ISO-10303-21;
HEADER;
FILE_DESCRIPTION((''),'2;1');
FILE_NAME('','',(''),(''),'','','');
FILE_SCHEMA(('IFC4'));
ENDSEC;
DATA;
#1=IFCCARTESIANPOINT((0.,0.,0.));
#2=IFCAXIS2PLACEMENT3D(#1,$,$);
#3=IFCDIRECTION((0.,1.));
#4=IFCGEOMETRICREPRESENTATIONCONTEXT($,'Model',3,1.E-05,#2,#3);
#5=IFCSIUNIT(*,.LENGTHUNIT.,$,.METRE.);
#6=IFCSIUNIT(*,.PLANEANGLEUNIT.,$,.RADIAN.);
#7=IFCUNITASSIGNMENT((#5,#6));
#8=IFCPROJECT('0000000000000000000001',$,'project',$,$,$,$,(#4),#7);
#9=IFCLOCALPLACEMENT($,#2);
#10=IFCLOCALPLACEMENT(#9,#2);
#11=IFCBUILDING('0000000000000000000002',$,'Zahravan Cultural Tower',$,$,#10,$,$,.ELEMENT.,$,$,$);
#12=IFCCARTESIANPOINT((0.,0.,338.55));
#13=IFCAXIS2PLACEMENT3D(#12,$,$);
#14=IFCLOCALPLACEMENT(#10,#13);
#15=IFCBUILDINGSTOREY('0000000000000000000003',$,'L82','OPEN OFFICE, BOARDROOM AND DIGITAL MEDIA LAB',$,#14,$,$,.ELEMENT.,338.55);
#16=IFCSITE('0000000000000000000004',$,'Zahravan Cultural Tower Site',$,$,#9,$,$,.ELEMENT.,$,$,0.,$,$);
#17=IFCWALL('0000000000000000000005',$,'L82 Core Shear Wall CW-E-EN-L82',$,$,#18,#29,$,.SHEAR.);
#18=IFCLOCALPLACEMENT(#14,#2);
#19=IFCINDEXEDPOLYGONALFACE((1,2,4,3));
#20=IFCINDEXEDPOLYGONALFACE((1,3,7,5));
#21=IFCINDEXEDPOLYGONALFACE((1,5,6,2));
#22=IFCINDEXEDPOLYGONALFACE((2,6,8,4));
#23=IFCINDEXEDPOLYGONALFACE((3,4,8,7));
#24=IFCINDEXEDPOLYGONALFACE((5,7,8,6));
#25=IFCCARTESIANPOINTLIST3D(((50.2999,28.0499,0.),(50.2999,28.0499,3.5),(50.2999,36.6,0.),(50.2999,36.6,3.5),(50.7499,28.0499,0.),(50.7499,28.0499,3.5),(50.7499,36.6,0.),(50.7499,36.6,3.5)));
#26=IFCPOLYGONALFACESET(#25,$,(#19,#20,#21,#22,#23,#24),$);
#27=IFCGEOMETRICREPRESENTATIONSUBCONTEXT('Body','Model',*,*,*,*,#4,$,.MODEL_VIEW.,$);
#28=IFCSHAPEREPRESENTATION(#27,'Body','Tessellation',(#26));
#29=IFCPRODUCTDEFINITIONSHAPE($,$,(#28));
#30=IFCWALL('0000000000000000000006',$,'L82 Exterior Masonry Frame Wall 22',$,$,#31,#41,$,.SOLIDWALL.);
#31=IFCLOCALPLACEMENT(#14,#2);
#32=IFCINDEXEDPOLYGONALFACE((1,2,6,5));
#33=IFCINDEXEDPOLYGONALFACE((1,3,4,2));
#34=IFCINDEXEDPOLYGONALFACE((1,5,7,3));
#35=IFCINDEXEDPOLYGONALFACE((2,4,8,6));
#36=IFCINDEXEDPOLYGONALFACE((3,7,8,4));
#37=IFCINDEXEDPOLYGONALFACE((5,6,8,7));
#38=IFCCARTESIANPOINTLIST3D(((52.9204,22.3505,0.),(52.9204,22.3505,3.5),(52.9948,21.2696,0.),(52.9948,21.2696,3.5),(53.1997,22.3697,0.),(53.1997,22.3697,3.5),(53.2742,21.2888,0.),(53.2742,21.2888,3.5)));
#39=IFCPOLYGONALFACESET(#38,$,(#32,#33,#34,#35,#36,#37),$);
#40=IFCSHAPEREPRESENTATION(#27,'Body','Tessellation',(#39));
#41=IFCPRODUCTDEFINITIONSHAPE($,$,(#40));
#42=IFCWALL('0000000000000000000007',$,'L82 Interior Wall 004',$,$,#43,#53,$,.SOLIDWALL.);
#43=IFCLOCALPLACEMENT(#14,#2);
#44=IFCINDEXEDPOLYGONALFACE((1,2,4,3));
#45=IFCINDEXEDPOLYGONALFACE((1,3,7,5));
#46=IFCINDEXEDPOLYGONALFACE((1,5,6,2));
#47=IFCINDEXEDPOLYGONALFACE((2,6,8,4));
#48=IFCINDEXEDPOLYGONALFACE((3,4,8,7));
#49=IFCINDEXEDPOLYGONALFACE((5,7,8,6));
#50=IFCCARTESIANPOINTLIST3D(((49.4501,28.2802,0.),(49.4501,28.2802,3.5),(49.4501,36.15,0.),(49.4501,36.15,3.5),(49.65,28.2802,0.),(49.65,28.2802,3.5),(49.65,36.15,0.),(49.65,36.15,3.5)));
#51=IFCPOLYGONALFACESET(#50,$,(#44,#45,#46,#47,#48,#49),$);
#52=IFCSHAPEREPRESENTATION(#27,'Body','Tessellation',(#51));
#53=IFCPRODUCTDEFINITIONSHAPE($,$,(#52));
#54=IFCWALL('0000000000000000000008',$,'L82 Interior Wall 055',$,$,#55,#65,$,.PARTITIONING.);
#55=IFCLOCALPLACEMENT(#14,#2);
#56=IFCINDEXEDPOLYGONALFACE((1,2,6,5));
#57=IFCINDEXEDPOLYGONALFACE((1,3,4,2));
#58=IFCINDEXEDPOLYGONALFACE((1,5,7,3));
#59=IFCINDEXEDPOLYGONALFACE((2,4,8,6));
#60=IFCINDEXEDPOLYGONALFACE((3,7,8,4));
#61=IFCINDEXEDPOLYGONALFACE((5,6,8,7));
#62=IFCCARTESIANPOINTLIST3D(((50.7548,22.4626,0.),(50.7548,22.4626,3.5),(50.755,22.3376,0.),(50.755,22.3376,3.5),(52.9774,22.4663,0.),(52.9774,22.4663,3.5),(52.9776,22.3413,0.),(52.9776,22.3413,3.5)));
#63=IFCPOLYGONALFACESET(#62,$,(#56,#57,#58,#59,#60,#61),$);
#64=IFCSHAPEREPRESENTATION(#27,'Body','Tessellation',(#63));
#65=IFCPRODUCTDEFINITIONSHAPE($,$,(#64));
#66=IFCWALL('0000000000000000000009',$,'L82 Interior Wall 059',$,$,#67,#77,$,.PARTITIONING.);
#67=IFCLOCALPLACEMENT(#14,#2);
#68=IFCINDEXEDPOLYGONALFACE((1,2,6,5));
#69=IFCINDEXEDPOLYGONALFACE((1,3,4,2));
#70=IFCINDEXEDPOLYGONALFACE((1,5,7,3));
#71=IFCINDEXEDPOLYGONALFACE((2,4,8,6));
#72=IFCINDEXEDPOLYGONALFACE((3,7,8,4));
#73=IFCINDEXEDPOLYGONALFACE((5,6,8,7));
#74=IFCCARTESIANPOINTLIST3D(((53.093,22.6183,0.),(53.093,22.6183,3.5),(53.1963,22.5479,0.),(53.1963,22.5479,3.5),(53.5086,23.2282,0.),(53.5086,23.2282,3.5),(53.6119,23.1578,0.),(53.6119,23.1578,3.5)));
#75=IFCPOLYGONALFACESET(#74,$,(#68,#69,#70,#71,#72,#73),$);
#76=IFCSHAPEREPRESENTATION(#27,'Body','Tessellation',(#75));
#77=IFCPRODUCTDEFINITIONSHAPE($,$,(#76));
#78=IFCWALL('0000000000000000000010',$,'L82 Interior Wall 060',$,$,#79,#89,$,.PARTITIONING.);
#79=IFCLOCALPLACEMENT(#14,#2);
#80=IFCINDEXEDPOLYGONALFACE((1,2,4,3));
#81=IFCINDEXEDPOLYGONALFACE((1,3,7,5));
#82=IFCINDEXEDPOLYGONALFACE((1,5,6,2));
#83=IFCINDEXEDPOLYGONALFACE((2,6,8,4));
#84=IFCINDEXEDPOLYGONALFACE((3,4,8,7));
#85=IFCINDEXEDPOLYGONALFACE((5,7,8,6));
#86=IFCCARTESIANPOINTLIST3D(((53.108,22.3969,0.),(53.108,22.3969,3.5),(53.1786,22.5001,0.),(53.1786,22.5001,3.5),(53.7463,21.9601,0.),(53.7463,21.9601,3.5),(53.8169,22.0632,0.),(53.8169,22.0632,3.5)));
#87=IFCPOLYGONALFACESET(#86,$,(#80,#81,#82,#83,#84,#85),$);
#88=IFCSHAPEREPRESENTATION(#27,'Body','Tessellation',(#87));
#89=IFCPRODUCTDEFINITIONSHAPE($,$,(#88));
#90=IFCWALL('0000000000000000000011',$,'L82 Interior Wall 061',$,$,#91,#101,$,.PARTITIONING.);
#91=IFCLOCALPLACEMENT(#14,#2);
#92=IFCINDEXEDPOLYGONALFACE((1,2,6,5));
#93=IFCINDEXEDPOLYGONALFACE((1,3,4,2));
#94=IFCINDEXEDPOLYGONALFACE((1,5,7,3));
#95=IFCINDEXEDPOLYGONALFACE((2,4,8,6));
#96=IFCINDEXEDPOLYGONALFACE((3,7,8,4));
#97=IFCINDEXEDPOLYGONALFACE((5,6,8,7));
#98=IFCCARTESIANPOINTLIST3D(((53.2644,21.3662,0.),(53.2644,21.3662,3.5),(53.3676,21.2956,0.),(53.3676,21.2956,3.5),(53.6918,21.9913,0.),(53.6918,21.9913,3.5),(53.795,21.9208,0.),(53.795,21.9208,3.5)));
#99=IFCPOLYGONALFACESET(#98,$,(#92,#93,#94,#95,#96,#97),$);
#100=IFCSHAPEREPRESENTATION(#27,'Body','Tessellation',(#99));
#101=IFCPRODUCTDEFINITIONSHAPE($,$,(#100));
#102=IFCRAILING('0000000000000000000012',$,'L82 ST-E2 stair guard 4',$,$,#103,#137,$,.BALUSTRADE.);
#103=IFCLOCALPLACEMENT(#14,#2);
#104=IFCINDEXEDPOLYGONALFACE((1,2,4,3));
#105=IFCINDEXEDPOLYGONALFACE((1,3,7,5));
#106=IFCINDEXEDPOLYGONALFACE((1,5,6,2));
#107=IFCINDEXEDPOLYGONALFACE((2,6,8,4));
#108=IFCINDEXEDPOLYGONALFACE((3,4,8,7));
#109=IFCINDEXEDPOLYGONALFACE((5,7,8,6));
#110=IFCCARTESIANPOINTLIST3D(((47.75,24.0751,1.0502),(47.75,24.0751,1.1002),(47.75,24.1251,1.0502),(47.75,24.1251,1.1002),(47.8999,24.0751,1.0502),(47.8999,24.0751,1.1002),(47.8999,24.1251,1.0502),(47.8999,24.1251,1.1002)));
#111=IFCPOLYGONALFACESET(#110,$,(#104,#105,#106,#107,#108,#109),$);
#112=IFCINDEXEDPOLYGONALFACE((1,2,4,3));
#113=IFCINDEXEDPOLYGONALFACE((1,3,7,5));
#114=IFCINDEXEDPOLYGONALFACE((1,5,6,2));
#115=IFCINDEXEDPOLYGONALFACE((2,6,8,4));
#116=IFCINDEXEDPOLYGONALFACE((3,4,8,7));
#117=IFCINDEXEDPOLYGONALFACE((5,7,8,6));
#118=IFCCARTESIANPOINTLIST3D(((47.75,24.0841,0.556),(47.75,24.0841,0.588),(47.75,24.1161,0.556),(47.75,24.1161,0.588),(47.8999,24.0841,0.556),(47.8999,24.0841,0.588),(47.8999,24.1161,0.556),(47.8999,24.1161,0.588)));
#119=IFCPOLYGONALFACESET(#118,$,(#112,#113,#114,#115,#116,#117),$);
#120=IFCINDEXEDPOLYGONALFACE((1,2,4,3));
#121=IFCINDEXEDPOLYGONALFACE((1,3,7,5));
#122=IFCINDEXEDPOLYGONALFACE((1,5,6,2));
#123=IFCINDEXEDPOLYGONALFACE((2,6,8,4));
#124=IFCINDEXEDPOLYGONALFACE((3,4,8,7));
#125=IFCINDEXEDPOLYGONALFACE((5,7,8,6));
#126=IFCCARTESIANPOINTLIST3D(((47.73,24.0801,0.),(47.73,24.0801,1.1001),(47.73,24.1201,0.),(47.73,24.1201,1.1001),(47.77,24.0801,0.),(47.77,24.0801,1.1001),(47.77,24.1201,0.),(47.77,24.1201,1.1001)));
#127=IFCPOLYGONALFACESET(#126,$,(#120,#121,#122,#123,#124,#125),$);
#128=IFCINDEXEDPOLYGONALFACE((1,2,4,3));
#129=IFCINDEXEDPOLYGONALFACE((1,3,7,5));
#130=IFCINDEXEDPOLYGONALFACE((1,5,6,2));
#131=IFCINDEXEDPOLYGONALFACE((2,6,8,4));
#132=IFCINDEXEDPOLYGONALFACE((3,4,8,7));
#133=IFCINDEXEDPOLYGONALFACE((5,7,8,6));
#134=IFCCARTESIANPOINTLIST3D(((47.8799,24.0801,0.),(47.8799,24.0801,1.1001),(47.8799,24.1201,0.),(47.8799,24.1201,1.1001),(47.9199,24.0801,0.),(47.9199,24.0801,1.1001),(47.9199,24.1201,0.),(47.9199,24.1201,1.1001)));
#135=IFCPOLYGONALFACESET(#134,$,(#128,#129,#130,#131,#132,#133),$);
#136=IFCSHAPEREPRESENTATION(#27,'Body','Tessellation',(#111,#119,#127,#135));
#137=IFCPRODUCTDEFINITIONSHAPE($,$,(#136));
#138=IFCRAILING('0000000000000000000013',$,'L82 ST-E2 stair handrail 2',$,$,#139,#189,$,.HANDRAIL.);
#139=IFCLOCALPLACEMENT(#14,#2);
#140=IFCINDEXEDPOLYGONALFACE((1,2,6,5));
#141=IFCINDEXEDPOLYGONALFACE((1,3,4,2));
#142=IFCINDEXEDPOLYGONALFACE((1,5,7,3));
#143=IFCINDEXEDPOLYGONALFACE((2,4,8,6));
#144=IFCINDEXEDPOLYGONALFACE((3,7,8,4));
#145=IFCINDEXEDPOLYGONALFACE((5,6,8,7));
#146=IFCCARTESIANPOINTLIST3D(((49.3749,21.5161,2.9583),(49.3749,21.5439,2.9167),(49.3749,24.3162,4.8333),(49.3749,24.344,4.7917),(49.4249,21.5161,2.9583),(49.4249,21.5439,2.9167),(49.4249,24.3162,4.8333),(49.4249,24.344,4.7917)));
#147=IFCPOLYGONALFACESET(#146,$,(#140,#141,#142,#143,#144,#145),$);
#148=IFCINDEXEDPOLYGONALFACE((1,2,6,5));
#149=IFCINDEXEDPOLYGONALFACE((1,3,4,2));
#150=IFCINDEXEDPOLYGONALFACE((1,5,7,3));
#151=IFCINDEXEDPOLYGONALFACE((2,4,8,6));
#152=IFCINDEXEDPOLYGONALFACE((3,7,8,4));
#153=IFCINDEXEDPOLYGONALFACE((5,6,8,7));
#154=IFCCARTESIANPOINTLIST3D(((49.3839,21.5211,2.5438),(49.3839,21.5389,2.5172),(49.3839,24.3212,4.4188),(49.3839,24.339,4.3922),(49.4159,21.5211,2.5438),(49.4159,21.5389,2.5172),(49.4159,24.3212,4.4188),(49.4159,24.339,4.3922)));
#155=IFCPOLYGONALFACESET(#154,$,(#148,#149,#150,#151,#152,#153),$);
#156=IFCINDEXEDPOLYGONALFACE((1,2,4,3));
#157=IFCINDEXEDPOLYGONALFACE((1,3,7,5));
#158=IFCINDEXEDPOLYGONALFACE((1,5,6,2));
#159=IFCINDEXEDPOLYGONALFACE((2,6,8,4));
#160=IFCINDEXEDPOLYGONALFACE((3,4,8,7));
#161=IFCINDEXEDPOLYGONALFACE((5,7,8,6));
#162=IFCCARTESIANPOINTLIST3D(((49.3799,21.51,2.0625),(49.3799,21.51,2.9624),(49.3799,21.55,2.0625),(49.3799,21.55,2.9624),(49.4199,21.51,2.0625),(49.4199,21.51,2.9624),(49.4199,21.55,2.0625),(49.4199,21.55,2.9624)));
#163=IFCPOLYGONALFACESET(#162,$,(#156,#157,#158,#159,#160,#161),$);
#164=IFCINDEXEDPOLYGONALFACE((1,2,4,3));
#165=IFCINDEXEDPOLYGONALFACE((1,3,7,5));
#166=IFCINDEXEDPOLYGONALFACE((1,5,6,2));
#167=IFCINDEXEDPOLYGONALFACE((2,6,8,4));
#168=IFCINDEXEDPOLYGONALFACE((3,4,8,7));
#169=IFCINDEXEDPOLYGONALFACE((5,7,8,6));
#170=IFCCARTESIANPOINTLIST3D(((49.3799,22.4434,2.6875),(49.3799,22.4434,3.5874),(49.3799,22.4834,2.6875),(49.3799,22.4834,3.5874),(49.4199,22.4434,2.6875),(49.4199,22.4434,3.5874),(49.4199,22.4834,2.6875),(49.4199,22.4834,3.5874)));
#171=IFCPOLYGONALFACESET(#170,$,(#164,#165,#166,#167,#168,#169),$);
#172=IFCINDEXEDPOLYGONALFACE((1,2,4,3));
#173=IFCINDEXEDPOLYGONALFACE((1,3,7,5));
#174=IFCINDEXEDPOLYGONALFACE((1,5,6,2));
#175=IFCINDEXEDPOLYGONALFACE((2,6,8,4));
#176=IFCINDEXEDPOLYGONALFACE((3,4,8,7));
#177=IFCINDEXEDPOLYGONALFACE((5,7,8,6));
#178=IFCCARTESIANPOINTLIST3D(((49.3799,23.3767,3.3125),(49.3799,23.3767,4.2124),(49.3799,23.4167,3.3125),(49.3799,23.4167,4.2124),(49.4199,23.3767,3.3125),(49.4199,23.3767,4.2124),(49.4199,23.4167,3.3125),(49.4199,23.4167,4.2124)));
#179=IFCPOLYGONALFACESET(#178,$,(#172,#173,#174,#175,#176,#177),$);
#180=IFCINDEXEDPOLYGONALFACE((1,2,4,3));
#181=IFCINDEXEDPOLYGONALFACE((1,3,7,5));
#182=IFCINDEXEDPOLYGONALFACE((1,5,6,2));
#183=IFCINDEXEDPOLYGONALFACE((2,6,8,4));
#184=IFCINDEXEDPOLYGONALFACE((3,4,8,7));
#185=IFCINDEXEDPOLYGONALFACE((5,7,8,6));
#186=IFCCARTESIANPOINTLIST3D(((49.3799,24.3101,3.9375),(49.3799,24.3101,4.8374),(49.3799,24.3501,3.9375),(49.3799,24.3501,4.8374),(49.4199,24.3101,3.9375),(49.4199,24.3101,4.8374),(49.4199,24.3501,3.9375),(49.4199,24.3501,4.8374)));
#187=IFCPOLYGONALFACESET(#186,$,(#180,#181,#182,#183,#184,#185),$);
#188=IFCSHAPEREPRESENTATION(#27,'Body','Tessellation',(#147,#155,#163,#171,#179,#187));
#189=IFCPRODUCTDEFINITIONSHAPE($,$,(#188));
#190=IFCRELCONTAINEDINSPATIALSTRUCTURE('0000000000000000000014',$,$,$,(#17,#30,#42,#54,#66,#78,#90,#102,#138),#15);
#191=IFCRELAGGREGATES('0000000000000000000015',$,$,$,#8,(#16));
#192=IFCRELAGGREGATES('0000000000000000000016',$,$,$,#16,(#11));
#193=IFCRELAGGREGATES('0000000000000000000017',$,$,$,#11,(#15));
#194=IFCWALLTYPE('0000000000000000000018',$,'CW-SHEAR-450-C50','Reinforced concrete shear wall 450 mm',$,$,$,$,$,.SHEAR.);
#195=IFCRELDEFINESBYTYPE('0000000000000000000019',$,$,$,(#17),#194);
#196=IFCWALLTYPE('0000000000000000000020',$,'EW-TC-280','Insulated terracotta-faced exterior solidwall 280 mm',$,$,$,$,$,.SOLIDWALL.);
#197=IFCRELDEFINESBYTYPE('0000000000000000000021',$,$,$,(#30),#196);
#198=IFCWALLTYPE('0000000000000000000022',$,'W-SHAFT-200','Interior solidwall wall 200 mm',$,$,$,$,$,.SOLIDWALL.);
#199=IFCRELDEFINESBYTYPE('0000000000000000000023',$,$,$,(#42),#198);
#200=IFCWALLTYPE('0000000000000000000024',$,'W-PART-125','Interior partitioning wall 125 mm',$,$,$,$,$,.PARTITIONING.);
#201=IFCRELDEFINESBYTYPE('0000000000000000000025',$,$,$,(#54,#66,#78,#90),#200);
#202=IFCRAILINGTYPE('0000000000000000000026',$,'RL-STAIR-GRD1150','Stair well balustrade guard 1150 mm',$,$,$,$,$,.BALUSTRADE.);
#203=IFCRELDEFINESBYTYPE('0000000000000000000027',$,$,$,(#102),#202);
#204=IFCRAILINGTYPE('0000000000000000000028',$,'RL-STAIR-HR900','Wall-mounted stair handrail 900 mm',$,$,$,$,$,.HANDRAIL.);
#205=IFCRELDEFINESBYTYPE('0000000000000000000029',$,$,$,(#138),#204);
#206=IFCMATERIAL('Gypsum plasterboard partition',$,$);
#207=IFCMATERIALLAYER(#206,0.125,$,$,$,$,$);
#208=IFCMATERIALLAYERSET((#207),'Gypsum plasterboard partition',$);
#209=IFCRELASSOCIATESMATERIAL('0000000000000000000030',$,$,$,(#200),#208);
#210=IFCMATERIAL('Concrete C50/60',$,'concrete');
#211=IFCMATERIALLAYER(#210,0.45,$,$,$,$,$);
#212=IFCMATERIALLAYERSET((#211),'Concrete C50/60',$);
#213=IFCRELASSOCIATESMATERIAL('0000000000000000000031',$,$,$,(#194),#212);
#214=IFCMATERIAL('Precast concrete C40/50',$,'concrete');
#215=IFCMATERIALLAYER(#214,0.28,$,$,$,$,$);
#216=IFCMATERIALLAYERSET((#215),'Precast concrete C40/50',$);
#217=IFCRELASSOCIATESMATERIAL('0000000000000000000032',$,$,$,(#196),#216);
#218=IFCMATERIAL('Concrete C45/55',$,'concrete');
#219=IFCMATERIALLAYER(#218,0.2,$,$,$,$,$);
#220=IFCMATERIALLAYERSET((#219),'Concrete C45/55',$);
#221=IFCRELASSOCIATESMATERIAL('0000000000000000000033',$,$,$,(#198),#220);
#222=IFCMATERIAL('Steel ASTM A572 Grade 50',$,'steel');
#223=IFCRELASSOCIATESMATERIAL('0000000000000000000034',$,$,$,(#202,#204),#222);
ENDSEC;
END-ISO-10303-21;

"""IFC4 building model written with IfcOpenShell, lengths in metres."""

from ifc_helpers import new_model, si_unit, direction, frame, frame_2d, origin, origin_2d, place, context, subcontext, project, spatial, rectangle, extrude, source, transform, mapped, material, layer, layer_set, type_object, element, save


model = new_model("IFC4")

# Units and contexts
model_context = context("Model", 3, precision=1e-05, world=origin(), true_north=direction((0.0, 1.0)))
body_context = subcontext(model_context, "Body", "Model", "MODEL_VIEW")
ifc_project = project(units=[si_unit("LENGTHUNIT", "METRE"), si_unit("PLANEANGLEUNIT", "RADIAN")], contexts=[model_context])

# Site, building, storey
site_placement = place(None, origin())
site = spatial("IfcSite", under=ifc_project, at=site_placement, Name="Zahravan Cultural Tower Site", CompositionType="ELEMENT", RefElevation=0.0)
building_placement = place(site_placement, origin())
building = spatial("IfcBuilding", under=site, at=building_placement, Name="Zahravan Cultural Tower", CompositionType="ELEMENT")
storey_placement = place(building_placement, frame((0.0, 0.0, 338.55)))
storey = spatial("IfcBuildingStorey", under=building, at=storey_placement, Name="L82", Description="OPEN OFFICE, BOARDROOM AND DIGITAL MEDIA LAB", CompositionType="ELEMENT", Elevation=338.55)

# Shared definitions
ifc_material_1 = material(Name="Concrete C50/60", Category="concrete")

# Shared definitions
ifc_material_2 = material(Name="Gypsum plasterboard partition")
ifc_layer_1 = layer(ifc_material_2, 0.125)
ifc_layer_set_1 = layer_set([ifc_layer_1], Name="Gypsum plasterboard partition")
wall_type_1 = type_object("IfcWallType", Name="W-PART-125", Description="Interior partitioning wall 125 mm", PredefinedType="PARTITIONING", material=ifc_layer_set_1)

# Walls
ifc_layer_2 = layer(ifc_material_1, 0.45)
ifc_layer_set_2 = layer_set([ifc_layer_2], Name="Concrete C50/60")
wall_type_2 = type_object("IfcWallType", Name="CW-SHEAR-450-C50", Description="Reinforced concrete shear wall 450 mm", PredefinedType="SHEAR", material=ifc_layer_set_2)
shared_shape_1 = source(origin(), body_context, "Body", "SweptSolid", [
    extrude(rectangle(XDim=8.55, YDim=0.45, at=frame_2d((4.2749, 0.0))), origin(), (0.0, 0.0, 1.0), 3.5),
])
wall_1_placement = place(storey_placement, frame((50.5249, 28.05, 0.0), z_axis=(0.0, 0.0, 1.0), x_axis=(0.0, 1.0, 0.0)))
element("IfcWall", 1, at=wall_1_placement, inside=storey, type_object=wall_type_2, Name="L82 Core Shear Wall CW-E-EN-L82", PredefinedType="SHEAR", context=body_context, shape_type="MappedRepresentation", body=[
    mapped(shared_shape_1, transform((0.0, 0.0, 0.0), x_axis=(1.0, 0.0, 0.0), y_axis=(0.0, 1.0, 0.0), z_axis=(0.0, 0.0, 1.0), scale=1.0)),
])
ifc_material_3 = material(Name="Precast concrete C40/50", Category="concrete")
ifc_layer_3 = layer(ifc_material_3, 0.28)
ifc_layer_set_3 = layer_set([ifc_layer_3], Name="Precast concrete C40/50")
wall_type_3 = type_object("IfcWallType", Name="EW-TC-280", Description="Insulated terracotta-faced exterior solidwall 280 mm", PredefinedType="SOLIDWALL", material=ifc_layer_set_3)
shared_shape_2 = source(origin(), body_context, "Body", "SweptSolid", [
    extrude(rectangle(XDim=1.0835, YDim=0.28, at=frame_2d((0.5417, 0.0))), origin(), (0.0, 0.0, 1.0), 3.5),
])
wall_2_placement = place(storey_placement, frame((53.0601, 22.3601, 0.0), z_axis=(0.0, 0.0, 1.0), x_axis=(0.068717, -0.997636, 0.0)))
element("IfcWall", 2, at=wall_2_placement, inside=storey, type_object=wall_type_3, Name="L82 Exterior Masonry Frame Wall 22", PredefinedType="SOLIDWALL", context=body_context, shape_type="MappedRepresentation", body=[
    mapped(shared_shape_2, transform((0.0, 0.0, 0.0), x_axis=(1.0, 0.0, 0.0), y_axis=(0.0, 1.0, 0.0), z_axis=(0.0, 0.0, 1.0), scale=1.0)),
])
ifc_material_4 = material(Name="Concrete C45/55", Category="concrete")
ifc_layer_4 = layer(ifc_material_4, 0.2)
ifc_layer_set_4 = layer_set([ifc_layer_4], Name="Concrete C45/55")
wall_type_4 = type_object("IfcWallType", Name="W-SHAFT-200", Description="Interior solidwall wall 200 mm", PredefinedType="SOLIDWALL", material=ifc_layer_set_4)
shared_shape_3 = source(origin(), body_context, "Body", "SweptSolid", [
    extrude(rectangle(XDim=7.8699, YDim=0.2, at=frame_2d((3.9351, 0.0))), origin(), (0.0, 0.0, 1.0), 3.5),
])
wall_3_placement = place(storey_placement, frame((49.55, 28.28, 0.0), z_axis=(0.0, 0.0, 1.0), x_axis=(0.0, 1.0, 0.0)))
element("IfcWall", 3, at=wall_3_placement, inside=storey, type_object=wall_type_4, Name="L82 Interior Wall 004", PredefinedType="SOLIDWALL", context=body_context, shape_type="MappedRepresentation", body=[
    mapped(shared_shape_3, transform((0.0, 0.0, 0.0), x_axis=(1.0, 0.0, 0.0), y_axis=(0.0, 1.0, 0.0), z_axis=(0.0, 0.0, 1.0), scale=1.0)),
])
shared_shape_4 = source(origin(), body_context, "Body", "SweptSolid", [
    extrude(rectangle(XDim=2.2227, YDim=0.125, at=frame_2d((1.1113, 0.0))), origin(), (0.0, 0.0, 1.0), 3.5),
])
wall_4_placement = place(storey_placement, frame((50.7549, 22.4001, 0.0), z_axis=(0.0, 0.0, 1.0), x_axis=(0.999999, 0.001648, 0.0)))
element("IfcWall", 4, at=wall_4_placement, inside=storey, type_object=wall_type_1, Name="L82 Interior Wall 055", PredefinedType="PARTITIONING", context=body_context, shape_type="MappedRepresentation", body=[
    mapped(shared_shape_4, transform((0.0, 0.0, 0.0), x_axis=(1.0, 0.0, 0.0), y_axis=(0.0, 1.0, 0.0), z_axis=(0.0, 0.0, 1.0), scale=1.0)),
])
shared_shape_5 = source(origin(), body_context, "Body", "SweptSolid", [
    extrude(rectangle(XDim=0.738, YDim=0.125, at=frame_2d((0.3691, 0.0))), origin(), (0.0, 0.0, 1.0), 3.5),
])
wall_5_placement = place(storey_placement, frame((53.5603, 23.1931, 0.0), z_axis=(0.0, 0.0, 1.0), x_axis=(-0.56307, -0.826409, 0.0)))
element("IfcWall", 5, at=wall_5_placement, inside=storey, type_object=wall_type_1, Name="L82 Interior Wall 059", PredefinedType="PARTITIONING", context=body_context, shape_type="MappedRepresentation", body=[
    mapped(shared_shape_5, transform((0.0, 0.0, 0.0), x_axis=(1.0, 0.0, 0.0), y_axis=(0.0, 1.0, 0.0), z_axis=(0.0, 0.0, 1.0), scale=1.0)),
])
shared_shape_6 = source(origin(), body_context, "Body", "SweptSolid", [
    extrude(rectangle(XDim=0.7734, YDim=0.125, at=frame_2d((0.3867, 0.0))), origin(), (0.0, 0.0, 1.0), 3.5),
])
wall_6_placement = place(storey_placement, frame((53.1433, 22.4485, 0.0), z_axis=(0.0, 0.0, 1.0), x_axis=(0.825238, -0.564786, 0.0)))
element("IfcWall", 6, at=wall_6_placement, inside=storey, type_object=wall_type_1, Name="L82 Interior Wall 060", PredefinedType="PARTITIONING", context=body_context, shape_type="MappedRepresentation", body=[
    mapped(shared_shape_6, transform((0.0, 0.0, 0.0), x_axis=(1.0, 0.0, 0.0), y_axis=(0.0, 1.0, 0.0), z_axis=(0.0, 0.0, 1.0), scale=1.0)),
])
shared_shape_7 = source(origin(), body_context, "Body", "SweptSolid", [
    extrude(rectangle(XDim=0.7573, YDim=0.125, at=frame_2d((0.3787, 0.0))), origin(), (0.0, 0.0, 1.0), 3.5),
])
wall_7_placement = place(storey_placement, frame((53.7434, 21.9561, 0.0), z_axis=(0.0, 0.0, 1.0), x_axis=(-0.564407, -0.825497, 0.0)))
element("IfcWall", 7, at=wall_7_placement, inside=storey, type_object=wall_type_1, Name="L82 Interior Wall 061", PredefinedType="PARTITIONING", context=body_context, shape_type="MappedRepresentation", body=[
    mapped(shared_shape_7, transform((0.0, 0.0, 0.0), x_axis=(1.0, 0.0, 0.0), y_axis=(0.0, 1.0, 0.0), z_axis=(0.0, 0.0, 1.0), scale=1.0)),
])

# Railings
ifc_material_5 = material(Name="Steel ASTM A572 Grade 50", Category="steel")
railing_type_1 = type_object("IfcRailingType", Name="RL-STAIR-GRD1150", Description="Stair well balustrade guard 1150 mm", PredefinedType="BALUSTRADE", material=ifc_material_5)
railing_1_placement = place(storey_placement, frame((47.75, 24.1001, 0.0)))
element("IfcRailing", 8, at=railing_1_placement, inside=storey, type_object=railing_type_1, Name="L82 ST-E2 stair guard 4", PredefinedType="BALUSTRADE", context=body_context, shape_type="SweptSolid", body=[
    extrude(rectangle(XDim=0.05, YDim=0.05, at=origin_2d()), frame((0.0, 0.0, 1.0752), z_axis=(1.0, 0.0, 0.0), x_axis=(0.0, 1.0, 0.0)), (0.0, 0.0, 1.0), 0.1499),
    extrude(rectangle(XDim=0.032, YDim=0.032, at=origin_2d()), frame((0.0, 0.0, 0.572), z_axis=(1.0, 0.0, 0.0), x_axis=(0.0, 1.0, 0.0)), (0.0, 0.0, 1.0), 0.1499),
    extrude(rectangle(XDim=0.04, YDim=0.04, at=origin_2d()), origin(), (0.0, 0.0, 1.0), 1.1001),
    extrude(rectangle(XDim=0.04, YDim=0.04, at=origin_2d()), frame((0.1499, 0.0, 0.0)), (0.0, 0.0, 1.0), 1.1001),
])
railing_type_2 = type_object("IfcRailingType", Name="RL-STAIR-HR900", Description="Wall-mounted stair handrail 900 mm", PredefinedType="HANDRAIL", material=ifc_material_5)
railing_2_placement = place(storey_placement, frame((49.3999, 21.53, 2.0625)))
element("IfcRailing", 9, at=railing_2_placement, inside=storey, type_object=railing_type_2, Name="L82 ST-E2 stair handrail 2", PredefinedType="HANDRAIL", context=body_context, shape_type="SweptSolid", body=[
    extrude(rectangle(XDim=0.05, YDim=0.05, at=origin_2d()), frame((0.0, 0.0, 0.875), z_axis=(0.0, 0.830912, 0.556404), x_axis=(-1.0, 0.0, 0.0)), (0.0, 0.0, 1.0), 3.3699),
    extrude(rectangle(XDim=0.032, YDim=0.032, at=origin_2d()), frame((0.0, 0.0, 0.468), z_axis=(0.0, 0.830912, 0.556404), x_axis=(-1.0, 0.0, 0.0)), (0.0, 0.0, 1.0), 3.3699),
    extrude(rectangle(XDim=0.04, YDim=0.04, at=origin_2d()), origin(), (0.0, 0.0, 1.0), 0.8999),
    extrude(rectangle(XDim=0.04, YDim=0.04, at=origin_2d()), frame((0.0, 0.9333, 0.625)), (0.0, 0.0, 1.0), 0.8999),
    extrude(rectangle(XDim=0.04, YDim=0.04, at=origin_2d()), frame((0.0, 1.8667, 1.25)), (0.0, 0.0, 1.0), 0.8999),
    extrude(rectangle(XDim=0.04, YDim=0.04, at=origin_2d()), frame((0.0, 2.8, 1.875)), (0.0, 0.0, 1.0), 0.8999),
])

save(model, "model.ifc")
